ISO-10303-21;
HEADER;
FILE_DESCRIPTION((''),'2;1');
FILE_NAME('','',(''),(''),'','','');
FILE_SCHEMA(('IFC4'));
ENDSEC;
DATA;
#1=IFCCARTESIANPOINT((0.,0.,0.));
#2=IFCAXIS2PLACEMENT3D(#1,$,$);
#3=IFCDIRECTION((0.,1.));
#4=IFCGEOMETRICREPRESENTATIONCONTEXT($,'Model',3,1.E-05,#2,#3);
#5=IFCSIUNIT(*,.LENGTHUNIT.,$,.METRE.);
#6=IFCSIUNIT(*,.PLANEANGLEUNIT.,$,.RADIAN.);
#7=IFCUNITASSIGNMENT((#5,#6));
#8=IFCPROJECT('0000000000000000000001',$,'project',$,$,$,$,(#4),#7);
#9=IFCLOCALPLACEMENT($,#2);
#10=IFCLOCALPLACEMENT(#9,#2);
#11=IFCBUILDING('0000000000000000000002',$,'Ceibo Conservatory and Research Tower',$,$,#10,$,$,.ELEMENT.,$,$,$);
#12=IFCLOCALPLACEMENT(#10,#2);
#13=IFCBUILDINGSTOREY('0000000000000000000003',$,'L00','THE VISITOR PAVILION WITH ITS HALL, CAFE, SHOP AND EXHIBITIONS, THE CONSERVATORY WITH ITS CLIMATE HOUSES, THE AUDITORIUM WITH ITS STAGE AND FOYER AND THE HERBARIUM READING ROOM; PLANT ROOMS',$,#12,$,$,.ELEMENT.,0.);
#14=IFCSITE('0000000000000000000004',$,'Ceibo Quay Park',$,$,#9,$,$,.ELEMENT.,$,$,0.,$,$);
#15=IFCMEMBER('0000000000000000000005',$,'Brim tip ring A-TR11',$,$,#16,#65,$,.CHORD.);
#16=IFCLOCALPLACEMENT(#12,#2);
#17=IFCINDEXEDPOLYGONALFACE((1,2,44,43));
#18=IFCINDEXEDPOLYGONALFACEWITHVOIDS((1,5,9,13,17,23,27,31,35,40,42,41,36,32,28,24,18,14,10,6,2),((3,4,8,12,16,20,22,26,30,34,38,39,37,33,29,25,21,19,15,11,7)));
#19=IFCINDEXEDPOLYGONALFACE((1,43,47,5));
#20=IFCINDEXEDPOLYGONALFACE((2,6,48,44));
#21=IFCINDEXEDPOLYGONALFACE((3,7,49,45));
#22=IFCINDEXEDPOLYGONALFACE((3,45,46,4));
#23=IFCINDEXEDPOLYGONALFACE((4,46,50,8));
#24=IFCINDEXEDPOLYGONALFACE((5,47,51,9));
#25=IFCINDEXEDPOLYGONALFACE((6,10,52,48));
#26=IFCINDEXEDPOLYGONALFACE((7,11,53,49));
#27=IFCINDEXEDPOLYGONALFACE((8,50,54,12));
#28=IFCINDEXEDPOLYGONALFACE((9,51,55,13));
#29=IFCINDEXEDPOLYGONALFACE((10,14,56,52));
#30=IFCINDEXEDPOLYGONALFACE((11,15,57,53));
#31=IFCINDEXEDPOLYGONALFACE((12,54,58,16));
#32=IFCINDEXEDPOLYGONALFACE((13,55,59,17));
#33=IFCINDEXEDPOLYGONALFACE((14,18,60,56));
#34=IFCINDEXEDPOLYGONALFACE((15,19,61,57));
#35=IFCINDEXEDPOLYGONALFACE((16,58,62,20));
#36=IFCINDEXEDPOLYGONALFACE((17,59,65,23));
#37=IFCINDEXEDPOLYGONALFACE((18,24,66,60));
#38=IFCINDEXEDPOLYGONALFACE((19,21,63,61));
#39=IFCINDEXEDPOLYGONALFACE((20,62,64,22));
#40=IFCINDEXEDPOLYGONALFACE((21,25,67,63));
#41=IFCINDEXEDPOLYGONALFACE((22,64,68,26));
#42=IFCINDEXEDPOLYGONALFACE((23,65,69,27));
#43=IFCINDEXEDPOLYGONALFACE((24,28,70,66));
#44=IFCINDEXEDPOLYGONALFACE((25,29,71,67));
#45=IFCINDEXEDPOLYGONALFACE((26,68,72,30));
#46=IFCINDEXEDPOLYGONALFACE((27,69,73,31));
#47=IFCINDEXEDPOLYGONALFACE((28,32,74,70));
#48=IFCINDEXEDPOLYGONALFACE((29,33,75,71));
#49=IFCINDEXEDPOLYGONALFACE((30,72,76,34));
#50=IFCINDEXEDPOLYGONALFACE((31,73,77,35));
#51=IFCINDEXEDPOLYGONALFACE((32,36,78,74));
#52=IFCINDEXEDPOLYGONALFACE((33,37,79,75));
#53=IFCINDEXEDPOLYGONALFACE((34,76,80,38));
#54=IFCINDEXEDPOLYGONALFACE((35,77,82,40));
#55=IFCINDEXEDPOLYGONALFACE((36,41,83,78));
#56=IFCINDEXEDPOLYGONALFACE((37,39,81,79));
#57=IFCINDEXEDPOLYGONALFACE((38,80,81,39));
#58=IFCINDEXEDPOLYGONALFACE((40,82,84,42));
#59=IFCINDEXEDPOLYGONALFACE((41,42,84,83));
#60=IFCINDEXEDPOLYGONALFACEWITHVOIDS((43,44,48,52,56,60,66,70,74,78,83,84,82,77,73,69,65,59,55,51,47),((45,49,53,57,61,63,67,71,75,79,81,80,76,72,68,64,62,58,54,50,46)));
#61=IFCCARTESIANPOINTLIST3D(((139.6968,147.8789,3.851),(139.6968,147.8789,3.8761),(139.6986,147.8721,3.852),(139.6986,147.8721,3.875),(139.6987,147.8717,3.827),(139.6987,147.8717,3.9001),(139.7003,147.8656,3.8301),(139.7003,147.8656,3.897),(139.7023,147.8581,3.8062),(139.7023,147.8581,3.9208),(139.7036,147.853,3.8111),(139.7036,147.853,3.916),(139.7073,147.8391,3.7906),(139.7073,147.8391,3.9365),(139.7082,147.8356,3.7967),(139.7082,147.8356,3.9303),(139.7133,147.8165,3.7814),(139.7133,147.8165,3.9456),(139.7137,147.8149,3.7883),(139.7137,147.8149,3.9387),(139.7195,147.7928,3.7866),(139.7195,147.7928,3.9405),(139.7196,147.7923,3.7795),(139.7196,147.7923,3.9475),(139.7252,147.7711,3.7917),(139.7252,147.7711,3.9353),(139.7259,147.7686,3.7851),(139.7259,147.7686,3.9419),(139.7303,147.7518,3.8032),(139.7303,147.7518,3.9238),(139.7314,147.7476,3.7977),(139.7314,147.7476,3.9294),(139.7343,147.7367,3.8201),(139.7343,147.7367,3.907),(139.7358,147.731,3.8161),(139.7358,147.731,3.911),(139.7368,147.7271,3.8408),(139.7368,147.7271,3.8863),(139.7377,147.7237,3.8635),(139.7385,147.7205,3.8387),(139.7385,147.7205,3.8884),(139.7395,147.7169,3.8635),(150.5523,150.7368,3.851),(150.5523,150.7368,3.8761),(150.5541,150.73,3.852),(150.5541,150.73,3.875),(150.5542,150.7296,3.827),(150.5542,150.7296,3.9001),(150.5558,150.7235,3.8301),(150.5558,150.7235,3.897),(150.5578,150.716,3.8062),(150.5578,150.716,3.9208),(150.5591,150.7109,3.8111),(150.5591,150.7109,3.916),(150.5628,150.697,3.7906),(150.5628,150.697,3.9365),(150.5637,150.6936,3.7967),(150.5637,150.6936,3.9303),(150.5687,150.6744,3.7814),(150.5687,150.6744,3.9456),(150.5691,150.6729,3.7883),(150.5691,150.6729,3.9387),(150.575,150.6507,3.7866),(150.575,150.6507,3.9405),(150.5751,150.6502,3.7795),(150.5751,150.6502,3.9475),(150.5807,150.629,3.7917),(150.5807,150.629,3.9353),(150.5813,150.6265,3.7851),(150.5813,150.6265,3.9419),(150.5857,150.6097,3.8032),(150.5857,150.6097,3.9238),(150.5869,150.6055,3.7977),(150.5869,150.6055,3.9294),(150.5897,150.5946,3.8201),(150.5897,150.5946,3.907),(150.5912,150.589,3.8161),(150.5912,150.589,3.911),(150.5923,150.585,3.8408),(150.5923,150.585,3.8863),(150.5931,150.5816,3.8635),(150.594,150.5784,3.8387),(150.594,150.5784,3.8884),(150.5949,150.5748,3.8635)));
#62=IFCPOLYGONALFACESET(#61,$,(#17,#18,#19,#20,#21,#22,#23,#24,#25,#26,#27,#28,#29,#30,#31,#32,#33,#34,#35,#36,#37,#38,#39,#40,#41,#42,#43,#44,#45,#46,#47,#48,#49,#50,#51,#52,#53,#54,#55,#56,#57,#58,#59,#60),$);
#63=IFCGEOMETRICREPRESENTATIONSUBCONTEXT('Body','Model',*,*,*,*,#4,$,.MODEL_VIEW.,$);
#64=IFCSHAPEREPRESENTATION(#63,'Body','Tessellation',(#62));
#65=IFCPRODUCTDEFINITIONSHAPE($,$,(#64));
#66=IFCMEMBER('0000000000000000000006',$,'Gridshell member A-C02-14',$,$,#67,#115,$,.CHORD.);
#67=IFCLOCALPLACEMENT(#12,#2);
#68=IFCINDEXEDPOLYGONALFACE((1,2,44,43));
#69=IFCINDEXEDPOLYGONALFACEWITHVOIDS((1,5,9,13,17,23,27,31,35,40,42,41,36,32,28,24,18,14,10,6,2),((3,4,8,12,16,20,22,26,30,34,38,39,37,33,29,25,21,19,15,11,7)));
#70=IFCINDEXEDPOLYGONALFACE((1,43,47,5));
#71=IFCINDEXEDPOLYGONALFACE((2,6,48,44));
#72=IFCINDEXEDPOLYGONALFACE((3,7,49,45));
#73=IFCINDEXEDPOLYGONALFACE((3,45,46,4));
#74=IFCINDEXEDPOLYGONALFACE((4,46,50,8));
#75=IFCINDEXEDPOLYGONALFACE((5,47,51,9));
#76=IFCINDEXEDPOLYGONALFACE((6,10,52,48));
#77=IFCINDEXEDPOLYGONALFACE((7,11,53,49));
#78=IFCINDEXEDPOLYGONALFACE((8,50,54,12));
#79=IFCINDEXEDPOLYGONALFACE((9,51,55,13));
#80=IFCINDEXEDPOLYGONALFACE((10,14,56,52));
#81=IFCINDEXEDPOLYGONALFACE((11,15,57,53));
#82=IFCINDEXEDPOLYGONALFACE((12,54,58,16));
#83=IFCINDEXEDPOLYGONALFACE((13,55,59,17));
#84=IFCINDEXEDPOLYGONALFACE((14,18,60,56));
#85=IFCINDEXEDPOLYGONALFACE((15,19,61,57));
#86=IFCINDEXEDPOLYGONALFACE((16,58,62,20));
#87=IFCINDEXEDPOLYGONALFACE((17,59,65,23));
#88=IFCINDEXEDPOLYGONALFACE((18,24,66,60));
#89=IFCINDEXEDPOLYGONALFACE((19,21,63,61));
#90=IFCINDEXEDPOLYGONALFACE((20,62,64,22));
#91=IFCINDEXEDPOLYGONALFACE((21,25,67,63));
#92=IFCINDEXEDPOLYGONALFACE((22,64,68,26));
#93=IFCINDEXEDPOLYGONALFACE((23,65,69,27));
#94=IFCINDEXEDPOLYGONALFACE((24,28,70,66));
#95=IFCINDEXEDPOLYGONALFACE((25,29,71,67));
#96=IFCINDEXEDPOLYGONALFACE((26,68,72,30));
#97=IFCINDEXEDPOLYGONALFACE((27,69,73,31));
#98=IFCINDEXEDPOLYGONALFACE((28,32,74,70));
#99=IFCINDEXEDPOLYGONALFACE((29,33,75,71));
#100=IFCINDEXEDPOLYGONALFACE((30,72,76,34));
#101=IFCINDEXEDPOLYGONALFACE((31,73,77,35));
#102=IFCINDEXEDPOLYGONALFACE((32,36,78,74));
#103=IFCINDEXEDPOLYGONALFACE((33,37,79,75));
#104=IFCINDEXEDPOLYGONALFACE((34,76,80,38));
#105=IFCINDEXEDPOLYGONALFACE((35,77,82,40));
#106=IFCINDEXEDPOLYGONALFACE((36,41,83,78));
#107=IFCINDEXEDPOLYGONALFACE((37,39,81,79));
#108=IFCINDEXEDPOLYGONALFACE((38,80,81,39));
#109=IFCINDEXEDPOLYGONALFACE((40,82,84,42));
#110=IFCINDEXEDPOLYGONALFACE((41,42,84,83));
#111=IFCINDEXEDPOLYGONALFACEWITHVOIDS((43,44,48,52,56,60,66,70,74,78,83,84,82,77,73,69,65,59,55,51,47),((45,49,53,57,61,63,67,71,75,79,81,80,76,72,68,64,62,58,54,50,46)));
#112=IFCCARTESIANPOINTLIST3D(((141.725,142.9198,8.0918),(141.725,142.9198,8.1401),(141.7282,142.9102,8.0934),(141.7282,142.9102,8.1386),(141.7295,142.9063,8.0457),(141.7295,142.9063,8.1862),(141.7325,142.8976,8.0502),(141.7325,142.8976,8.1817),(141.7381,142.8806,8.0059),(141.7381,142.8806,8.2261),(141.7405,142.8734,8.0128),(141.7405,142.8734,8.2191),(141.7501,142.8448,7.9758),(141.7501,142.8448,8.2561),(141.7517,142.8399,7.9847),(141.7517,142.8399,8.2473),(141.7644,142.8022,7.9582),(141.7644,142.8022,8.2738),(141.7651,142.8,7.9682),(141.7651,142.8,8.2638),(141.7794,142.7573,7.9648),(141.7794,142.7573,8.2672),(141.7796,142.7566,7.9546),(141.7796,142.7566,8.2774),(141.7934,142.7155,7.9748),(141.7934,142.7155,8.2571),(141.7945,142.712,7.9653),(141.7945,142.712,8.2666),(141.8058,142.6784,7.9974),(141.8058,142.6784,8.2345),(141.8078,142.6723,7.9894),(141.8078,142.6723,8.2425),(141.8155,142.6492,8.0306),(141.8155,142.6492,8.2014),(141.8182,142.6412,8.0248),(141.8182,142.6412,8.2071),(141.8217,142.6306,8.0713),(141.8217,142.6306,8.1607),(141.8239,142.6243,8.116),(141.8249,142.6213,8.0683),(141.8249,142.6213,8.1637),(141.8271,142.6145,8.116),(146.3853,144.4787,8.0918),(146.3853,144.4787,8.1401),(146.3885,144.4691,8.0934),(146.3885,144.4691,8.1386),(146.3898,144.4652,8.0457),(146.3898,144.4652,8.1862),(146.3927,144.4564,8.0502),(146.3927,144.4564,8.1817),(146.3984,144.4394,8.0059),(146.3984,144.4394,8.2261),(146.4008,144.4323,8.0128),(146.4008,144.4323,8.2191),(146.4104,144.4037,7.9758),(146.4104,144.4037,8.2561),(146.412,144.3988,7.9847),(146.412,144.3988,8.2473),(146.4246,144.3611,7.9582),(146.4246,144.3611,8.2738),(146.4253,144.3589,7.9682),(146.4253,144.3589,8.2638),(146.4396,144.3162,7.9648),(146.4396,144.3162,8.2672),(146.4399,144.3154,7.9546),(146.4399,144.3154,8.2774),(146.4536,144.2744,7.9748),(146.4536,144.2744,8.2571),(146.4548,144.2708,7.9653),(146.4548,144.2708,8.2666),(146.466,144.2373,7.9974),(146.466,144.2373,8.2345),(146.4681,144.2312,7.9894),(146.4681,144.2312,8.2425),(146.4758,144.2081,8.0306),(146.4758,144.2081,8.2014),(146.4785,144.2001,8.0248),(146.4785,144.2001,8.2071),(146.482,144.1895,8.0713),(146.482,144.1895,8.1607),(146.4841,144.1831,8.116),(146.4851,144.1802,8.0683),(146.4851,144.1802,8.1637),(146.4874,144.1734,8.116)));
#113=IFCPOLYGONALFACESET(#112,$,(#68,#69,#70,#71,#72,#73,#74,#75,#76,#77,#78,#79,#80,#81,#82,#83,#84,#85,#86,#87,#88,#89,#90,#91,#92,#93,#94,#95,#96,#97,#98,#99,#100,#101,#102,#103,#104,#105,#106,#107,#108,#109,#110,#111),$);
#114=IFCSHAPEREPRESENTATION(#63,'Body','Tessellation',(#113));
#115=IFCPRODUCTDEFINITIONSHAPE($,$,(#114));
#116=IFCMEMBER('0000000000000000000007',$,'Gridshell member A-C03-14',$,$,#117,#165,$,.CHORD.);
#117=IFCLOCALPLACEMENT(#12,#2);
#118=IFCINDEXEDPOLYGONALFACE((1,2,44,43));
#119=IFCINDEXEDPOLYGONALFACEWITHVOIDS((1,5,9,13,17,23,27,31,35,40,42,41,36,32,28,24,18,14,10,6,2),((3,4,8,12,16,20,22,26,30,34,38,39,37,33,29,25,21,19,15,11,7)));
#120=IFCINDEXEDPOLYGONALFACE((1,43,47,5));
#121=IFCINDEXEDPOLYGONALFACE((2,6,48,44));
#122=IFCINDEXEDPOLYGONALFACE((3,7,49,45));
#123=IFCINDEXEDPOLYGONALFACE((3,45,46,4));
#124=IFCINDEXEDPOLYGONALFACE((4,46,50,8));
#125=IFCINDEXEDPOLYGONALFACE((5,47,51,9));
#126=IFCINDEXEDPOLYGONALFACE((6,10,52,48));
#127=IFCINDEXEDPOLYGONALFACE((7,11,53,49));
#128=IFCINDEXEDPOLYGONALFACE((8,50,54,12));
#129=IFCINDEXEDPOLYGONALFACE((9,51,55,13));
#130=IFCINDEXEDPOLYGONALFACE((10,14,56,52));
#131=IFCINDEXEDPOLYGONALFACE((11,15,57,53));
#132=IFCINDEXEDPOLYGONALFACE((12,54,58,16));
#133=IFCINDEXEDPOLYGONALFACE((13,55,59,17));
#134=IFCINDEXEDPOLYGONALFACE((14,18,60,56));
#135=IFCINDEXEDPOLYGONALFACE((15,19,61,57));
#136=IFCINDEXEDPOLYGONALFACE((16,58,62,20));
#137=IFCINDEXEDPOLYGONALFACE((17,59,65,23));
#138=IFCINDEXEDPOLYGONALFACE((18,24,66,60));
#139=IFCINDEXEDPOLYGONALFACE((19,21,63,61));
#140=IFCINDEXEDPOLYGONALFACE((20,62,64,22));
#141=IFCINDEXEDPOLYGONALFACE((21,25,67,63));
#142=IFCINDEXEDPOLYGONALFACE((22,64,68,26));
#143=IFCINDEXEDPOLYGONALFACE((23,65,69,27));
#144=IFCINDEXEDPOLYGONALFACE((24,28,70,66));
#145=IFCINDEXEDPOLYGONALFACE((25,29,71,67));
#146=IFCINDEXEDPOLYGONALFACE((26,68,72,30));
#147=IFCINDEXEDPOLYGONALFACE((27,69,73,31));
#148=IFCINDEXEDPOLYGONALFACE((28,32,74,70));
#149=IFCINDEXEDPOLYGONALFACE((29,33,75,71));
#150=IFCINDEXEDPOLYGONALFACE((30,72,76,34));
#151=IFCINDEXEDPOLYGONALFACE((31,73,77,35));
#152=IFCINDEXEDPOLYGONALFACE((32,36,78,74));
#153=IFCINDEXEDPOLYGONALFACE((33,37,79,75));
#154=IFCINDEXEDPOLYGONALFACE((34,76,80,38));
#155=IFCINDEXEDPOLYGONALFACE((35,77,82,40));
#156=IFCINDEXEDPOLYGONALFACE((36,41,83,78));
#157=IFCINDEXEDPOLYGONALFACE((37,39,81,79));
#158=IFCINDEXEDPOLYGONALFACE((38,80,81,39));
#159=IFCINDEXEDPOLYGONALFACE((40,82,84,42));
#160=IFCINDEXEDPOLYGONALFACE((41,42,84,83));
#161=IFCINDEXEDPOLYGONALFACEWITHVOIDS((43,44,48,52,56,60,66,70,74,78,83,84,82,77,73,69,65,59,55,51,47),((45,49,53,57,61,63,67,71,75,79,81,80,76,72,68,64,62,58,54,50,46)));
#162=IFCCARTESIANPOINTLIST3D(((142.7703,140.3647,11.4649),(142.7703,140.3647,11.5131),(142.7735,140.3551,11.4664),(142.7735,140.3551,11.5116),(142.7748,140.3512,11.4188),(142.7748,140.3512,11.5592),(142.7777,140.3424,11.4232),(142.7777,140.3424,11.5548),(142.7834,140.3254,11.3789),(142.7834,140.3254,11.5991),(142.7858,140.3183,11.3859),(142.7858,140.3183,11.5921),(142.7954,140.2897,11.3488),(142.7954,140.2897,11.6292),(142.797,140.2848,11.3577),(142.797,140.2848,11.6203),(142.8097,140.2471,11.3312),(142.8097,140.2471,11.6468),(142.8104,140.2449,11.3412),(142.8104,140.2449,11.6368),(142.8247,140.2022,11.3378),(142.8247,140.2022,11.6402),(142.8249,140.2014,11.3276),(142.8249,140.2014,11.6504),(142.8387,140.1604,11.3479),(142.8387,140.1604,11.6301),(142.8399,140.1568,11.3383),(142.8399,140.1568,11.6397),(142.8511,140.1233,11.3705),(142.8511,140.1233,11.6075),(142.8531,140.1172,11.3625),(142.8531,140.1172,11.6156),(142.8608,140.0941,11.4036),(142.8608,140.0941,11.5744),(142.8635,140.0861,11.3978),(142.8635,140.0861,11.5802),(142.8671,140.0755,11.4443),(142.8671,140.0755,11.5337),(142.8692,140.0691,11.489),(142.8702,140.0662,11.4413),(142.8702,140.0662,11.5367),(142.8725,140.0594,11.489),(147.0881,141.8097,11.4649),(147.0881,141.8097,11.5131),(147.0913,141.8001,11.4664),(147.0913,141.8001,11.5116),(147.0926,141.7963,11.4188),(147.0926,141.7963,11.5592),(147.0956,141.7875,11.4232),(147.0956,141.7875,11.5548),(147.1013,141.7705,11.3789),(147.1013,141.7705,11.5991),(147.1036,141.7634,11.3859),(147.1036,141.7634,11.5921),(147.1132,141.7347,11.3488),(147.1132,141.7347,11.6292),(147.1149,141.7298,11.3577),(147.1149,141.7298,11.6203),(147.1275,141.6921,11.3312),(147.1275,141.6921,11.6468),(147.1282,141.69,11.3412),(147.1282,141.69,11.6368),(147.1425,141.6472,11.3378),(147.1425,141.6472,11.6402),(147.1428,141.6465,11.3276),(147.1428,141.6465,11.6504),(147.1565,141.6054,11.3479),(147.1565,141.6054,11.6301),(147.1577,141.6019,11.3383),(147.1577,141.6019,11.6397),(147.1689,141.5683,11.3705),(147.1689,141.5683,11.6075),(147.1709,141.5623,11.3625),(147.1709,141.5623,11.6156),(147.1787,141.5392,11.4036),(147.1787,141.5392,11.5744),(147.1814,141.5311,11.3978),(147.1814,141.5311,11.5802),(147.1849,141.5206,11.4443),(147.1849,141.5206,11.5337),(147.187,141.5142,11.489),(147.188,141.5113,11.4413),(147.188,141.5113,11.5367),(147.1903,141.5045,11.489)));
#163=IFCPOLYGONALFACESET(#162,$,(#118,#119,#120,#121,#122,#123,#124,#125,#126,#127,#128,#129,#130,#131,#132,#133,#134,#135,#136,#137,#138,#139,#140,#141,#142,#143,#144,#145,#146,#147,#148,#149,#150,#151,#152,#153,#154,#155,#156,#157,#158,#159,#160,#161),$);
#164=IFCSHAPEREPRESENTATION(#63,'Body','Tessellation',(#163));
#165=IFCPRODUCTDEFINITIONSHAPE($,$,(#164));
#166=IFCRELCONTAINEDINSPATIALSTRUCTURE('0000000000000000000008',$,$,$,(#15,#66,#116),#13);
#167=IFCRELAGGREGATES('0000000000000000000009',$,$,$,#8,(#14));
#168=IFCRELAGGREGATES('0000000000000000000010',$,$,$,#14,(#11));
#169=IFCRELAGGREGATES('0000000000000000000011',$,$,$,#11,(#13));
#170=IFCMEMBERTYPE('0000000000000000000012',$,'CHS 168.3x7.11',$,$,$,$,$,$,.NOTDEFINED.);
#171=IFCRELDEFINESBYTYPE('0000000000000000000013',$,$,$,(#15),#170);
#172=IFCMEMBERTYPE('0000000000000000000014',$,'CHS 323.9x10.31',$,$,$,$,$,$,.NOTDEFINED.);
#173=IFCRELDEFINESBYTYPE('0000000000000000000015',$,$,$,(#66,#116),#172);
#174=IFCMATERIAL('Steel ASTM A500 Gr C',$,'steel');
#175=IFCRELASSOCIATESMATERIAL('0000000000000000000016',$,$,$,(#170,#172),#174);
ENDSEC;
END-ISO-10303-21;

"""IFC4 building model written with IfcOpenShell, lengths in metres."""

from ifc_helpers import new_model, si_unit, direction, frame, origin, origin_2d, place, context, subcontext, project, spatial, hollow_circle, extrude, material, material_profile, profile_set, type_object, element, save


model = new_model("IFC4")

# Units and contexts
model_context = context("Model", 3, precision=1e-05, world=origin(), true_north=direction((0.0, 1.0)))
body_context = subcontext(model_context, "Body", "Model", "MODEL_VIEW")
ifc_project = project(units=[si_unit("LENGTHUNIT", "METRE"), si_unit("PLANEANGLEUNIT", "RADIAN")], contexts=[model_context])

# Site, building, storey
site_placement = place(None, origin())
site = spatial("IfcSite", under=ifc_project, at=site_placement, Name="Ceibo Quay Park", CompositionType="ELEMENT", RefElevation=0.0)
building_placement = place(site_placement, origin())
building = spatial("IfcBuilding", under=site, at=building_placement, Name="Ceibo Conservatory and Research Tower", CompositionType="ELEMENT")
storey_placement = place(building_placement, origin())
storey = spatial("IfcBuildingStorey", under=building, at=storey_placement, Name="L00", Description="THE VISITOR PAVILION WITH ITS HALL, CAFE, SHOP AND EXHIBITIONS, THE CONSERVATORY WITH ITS CLIMATE HOUSES, THE AUDITORIUM WITH ITS STAGE AND FOYER AND THE HERBARIUM READING ROOM; PLANT ROOMS", CompositionType="ELEMENT", Elevation=0.0)

# Members
ifc_material_1 = material(Name="Steel ASTM A500 Gr C", Category="steel")
ifc_material_profile_1 = material_profile(ifc_material_1, hollow_circle(Radius=0.0842, WallThickness=0.0071, at=origin_2d()), Name="CHS 168.3x7.11")
ifc_profile_set_1 = profile_set([ifc_material_profile_1], Name="Steel ASTM A500 Gr C")
member_type_1 = type_object("IfcMemberType", Name="CHS 168.3x7.11", PredefinedType="NOTDEFINED", material=ifc_profile_set_1)
member_1_placement = place(storey_placement, frame((150.5735, 150.6562, 3.8635), z_axis=(-0.967048, -0.254594, 0.0), x_axis=(0.254594, -0.967048, 0.0)))
element("IfcMember", 1, at=member_1_placement, inside=storey, type_object=member_type_1, Name="Brim tip ring A-TR11", PredefinedType="CHORD", context=body_context, shape_type="SweptSolid", body=[
    extrude(hollow_circle(Radius=0.0842, WallThickness=0.0071, at=origin_2d()), origin(), (0.0, 0.0, 1.0), 11.2253),
])
ifc_material_profile_2 = material_profile(ifc_material_1, hollow_circle(Radius=0.1619, WallThickness=0.0103, at=origin_2d()), Name="CHS 323.9x10.31")
ifc_profile_set_2 = profile_set([ifc_material_profile_2], Name="Steel ASTM A500 Gr C")
member_type_2 = type_object("IfcMemberType", Name="CHS 323.9x10.31", PredefinedType="NOTDEFINED", material=ifc_profile_set_2)
member_2_placement = place(storey_placement, frame((146.436, 144.3269, 8.116), z_axis=(-0.94835, -0.317226, 0.0), x_axis=(0.317226, -0.94835, 0.0)))
element("IfcMember", 2, at=member_2_placement, inside=storey, type_object=member_type_2, Name="Gridshell member A-C02-14", PredefinedType="CHORD", context=body_context, shape_type="SweptSolid", body=[
    extrude(hollow_circle(Radius=0.1619, WallThickness=0.0103, at=origin_2d()), origin(), (0.0, 0.0, 1.0), 4.9141),
])
member_3_placement = place(storey_placement, frame((147.1389, 141.658, 11.489), z_axis=(-0.948302, -0.31737, 0.0), x_axis=(0.31737, -0.948302, 0.0)))
element("IfcMember", 3, at=member_3_placement, inside=storey, type_object=member_type_2, Name="Gridshell member A-C03-14", PredefinedType="CHORD", context=body_context, shape_type="SweptSolid", body=[
    extrude(hollow_circle(Radius=0.1619, WallThickness=0.0103, at=origin_2d()), origin(), (0.0, 0.0, 1.0), 4.5532),
])

save(model, "model.ifc")
